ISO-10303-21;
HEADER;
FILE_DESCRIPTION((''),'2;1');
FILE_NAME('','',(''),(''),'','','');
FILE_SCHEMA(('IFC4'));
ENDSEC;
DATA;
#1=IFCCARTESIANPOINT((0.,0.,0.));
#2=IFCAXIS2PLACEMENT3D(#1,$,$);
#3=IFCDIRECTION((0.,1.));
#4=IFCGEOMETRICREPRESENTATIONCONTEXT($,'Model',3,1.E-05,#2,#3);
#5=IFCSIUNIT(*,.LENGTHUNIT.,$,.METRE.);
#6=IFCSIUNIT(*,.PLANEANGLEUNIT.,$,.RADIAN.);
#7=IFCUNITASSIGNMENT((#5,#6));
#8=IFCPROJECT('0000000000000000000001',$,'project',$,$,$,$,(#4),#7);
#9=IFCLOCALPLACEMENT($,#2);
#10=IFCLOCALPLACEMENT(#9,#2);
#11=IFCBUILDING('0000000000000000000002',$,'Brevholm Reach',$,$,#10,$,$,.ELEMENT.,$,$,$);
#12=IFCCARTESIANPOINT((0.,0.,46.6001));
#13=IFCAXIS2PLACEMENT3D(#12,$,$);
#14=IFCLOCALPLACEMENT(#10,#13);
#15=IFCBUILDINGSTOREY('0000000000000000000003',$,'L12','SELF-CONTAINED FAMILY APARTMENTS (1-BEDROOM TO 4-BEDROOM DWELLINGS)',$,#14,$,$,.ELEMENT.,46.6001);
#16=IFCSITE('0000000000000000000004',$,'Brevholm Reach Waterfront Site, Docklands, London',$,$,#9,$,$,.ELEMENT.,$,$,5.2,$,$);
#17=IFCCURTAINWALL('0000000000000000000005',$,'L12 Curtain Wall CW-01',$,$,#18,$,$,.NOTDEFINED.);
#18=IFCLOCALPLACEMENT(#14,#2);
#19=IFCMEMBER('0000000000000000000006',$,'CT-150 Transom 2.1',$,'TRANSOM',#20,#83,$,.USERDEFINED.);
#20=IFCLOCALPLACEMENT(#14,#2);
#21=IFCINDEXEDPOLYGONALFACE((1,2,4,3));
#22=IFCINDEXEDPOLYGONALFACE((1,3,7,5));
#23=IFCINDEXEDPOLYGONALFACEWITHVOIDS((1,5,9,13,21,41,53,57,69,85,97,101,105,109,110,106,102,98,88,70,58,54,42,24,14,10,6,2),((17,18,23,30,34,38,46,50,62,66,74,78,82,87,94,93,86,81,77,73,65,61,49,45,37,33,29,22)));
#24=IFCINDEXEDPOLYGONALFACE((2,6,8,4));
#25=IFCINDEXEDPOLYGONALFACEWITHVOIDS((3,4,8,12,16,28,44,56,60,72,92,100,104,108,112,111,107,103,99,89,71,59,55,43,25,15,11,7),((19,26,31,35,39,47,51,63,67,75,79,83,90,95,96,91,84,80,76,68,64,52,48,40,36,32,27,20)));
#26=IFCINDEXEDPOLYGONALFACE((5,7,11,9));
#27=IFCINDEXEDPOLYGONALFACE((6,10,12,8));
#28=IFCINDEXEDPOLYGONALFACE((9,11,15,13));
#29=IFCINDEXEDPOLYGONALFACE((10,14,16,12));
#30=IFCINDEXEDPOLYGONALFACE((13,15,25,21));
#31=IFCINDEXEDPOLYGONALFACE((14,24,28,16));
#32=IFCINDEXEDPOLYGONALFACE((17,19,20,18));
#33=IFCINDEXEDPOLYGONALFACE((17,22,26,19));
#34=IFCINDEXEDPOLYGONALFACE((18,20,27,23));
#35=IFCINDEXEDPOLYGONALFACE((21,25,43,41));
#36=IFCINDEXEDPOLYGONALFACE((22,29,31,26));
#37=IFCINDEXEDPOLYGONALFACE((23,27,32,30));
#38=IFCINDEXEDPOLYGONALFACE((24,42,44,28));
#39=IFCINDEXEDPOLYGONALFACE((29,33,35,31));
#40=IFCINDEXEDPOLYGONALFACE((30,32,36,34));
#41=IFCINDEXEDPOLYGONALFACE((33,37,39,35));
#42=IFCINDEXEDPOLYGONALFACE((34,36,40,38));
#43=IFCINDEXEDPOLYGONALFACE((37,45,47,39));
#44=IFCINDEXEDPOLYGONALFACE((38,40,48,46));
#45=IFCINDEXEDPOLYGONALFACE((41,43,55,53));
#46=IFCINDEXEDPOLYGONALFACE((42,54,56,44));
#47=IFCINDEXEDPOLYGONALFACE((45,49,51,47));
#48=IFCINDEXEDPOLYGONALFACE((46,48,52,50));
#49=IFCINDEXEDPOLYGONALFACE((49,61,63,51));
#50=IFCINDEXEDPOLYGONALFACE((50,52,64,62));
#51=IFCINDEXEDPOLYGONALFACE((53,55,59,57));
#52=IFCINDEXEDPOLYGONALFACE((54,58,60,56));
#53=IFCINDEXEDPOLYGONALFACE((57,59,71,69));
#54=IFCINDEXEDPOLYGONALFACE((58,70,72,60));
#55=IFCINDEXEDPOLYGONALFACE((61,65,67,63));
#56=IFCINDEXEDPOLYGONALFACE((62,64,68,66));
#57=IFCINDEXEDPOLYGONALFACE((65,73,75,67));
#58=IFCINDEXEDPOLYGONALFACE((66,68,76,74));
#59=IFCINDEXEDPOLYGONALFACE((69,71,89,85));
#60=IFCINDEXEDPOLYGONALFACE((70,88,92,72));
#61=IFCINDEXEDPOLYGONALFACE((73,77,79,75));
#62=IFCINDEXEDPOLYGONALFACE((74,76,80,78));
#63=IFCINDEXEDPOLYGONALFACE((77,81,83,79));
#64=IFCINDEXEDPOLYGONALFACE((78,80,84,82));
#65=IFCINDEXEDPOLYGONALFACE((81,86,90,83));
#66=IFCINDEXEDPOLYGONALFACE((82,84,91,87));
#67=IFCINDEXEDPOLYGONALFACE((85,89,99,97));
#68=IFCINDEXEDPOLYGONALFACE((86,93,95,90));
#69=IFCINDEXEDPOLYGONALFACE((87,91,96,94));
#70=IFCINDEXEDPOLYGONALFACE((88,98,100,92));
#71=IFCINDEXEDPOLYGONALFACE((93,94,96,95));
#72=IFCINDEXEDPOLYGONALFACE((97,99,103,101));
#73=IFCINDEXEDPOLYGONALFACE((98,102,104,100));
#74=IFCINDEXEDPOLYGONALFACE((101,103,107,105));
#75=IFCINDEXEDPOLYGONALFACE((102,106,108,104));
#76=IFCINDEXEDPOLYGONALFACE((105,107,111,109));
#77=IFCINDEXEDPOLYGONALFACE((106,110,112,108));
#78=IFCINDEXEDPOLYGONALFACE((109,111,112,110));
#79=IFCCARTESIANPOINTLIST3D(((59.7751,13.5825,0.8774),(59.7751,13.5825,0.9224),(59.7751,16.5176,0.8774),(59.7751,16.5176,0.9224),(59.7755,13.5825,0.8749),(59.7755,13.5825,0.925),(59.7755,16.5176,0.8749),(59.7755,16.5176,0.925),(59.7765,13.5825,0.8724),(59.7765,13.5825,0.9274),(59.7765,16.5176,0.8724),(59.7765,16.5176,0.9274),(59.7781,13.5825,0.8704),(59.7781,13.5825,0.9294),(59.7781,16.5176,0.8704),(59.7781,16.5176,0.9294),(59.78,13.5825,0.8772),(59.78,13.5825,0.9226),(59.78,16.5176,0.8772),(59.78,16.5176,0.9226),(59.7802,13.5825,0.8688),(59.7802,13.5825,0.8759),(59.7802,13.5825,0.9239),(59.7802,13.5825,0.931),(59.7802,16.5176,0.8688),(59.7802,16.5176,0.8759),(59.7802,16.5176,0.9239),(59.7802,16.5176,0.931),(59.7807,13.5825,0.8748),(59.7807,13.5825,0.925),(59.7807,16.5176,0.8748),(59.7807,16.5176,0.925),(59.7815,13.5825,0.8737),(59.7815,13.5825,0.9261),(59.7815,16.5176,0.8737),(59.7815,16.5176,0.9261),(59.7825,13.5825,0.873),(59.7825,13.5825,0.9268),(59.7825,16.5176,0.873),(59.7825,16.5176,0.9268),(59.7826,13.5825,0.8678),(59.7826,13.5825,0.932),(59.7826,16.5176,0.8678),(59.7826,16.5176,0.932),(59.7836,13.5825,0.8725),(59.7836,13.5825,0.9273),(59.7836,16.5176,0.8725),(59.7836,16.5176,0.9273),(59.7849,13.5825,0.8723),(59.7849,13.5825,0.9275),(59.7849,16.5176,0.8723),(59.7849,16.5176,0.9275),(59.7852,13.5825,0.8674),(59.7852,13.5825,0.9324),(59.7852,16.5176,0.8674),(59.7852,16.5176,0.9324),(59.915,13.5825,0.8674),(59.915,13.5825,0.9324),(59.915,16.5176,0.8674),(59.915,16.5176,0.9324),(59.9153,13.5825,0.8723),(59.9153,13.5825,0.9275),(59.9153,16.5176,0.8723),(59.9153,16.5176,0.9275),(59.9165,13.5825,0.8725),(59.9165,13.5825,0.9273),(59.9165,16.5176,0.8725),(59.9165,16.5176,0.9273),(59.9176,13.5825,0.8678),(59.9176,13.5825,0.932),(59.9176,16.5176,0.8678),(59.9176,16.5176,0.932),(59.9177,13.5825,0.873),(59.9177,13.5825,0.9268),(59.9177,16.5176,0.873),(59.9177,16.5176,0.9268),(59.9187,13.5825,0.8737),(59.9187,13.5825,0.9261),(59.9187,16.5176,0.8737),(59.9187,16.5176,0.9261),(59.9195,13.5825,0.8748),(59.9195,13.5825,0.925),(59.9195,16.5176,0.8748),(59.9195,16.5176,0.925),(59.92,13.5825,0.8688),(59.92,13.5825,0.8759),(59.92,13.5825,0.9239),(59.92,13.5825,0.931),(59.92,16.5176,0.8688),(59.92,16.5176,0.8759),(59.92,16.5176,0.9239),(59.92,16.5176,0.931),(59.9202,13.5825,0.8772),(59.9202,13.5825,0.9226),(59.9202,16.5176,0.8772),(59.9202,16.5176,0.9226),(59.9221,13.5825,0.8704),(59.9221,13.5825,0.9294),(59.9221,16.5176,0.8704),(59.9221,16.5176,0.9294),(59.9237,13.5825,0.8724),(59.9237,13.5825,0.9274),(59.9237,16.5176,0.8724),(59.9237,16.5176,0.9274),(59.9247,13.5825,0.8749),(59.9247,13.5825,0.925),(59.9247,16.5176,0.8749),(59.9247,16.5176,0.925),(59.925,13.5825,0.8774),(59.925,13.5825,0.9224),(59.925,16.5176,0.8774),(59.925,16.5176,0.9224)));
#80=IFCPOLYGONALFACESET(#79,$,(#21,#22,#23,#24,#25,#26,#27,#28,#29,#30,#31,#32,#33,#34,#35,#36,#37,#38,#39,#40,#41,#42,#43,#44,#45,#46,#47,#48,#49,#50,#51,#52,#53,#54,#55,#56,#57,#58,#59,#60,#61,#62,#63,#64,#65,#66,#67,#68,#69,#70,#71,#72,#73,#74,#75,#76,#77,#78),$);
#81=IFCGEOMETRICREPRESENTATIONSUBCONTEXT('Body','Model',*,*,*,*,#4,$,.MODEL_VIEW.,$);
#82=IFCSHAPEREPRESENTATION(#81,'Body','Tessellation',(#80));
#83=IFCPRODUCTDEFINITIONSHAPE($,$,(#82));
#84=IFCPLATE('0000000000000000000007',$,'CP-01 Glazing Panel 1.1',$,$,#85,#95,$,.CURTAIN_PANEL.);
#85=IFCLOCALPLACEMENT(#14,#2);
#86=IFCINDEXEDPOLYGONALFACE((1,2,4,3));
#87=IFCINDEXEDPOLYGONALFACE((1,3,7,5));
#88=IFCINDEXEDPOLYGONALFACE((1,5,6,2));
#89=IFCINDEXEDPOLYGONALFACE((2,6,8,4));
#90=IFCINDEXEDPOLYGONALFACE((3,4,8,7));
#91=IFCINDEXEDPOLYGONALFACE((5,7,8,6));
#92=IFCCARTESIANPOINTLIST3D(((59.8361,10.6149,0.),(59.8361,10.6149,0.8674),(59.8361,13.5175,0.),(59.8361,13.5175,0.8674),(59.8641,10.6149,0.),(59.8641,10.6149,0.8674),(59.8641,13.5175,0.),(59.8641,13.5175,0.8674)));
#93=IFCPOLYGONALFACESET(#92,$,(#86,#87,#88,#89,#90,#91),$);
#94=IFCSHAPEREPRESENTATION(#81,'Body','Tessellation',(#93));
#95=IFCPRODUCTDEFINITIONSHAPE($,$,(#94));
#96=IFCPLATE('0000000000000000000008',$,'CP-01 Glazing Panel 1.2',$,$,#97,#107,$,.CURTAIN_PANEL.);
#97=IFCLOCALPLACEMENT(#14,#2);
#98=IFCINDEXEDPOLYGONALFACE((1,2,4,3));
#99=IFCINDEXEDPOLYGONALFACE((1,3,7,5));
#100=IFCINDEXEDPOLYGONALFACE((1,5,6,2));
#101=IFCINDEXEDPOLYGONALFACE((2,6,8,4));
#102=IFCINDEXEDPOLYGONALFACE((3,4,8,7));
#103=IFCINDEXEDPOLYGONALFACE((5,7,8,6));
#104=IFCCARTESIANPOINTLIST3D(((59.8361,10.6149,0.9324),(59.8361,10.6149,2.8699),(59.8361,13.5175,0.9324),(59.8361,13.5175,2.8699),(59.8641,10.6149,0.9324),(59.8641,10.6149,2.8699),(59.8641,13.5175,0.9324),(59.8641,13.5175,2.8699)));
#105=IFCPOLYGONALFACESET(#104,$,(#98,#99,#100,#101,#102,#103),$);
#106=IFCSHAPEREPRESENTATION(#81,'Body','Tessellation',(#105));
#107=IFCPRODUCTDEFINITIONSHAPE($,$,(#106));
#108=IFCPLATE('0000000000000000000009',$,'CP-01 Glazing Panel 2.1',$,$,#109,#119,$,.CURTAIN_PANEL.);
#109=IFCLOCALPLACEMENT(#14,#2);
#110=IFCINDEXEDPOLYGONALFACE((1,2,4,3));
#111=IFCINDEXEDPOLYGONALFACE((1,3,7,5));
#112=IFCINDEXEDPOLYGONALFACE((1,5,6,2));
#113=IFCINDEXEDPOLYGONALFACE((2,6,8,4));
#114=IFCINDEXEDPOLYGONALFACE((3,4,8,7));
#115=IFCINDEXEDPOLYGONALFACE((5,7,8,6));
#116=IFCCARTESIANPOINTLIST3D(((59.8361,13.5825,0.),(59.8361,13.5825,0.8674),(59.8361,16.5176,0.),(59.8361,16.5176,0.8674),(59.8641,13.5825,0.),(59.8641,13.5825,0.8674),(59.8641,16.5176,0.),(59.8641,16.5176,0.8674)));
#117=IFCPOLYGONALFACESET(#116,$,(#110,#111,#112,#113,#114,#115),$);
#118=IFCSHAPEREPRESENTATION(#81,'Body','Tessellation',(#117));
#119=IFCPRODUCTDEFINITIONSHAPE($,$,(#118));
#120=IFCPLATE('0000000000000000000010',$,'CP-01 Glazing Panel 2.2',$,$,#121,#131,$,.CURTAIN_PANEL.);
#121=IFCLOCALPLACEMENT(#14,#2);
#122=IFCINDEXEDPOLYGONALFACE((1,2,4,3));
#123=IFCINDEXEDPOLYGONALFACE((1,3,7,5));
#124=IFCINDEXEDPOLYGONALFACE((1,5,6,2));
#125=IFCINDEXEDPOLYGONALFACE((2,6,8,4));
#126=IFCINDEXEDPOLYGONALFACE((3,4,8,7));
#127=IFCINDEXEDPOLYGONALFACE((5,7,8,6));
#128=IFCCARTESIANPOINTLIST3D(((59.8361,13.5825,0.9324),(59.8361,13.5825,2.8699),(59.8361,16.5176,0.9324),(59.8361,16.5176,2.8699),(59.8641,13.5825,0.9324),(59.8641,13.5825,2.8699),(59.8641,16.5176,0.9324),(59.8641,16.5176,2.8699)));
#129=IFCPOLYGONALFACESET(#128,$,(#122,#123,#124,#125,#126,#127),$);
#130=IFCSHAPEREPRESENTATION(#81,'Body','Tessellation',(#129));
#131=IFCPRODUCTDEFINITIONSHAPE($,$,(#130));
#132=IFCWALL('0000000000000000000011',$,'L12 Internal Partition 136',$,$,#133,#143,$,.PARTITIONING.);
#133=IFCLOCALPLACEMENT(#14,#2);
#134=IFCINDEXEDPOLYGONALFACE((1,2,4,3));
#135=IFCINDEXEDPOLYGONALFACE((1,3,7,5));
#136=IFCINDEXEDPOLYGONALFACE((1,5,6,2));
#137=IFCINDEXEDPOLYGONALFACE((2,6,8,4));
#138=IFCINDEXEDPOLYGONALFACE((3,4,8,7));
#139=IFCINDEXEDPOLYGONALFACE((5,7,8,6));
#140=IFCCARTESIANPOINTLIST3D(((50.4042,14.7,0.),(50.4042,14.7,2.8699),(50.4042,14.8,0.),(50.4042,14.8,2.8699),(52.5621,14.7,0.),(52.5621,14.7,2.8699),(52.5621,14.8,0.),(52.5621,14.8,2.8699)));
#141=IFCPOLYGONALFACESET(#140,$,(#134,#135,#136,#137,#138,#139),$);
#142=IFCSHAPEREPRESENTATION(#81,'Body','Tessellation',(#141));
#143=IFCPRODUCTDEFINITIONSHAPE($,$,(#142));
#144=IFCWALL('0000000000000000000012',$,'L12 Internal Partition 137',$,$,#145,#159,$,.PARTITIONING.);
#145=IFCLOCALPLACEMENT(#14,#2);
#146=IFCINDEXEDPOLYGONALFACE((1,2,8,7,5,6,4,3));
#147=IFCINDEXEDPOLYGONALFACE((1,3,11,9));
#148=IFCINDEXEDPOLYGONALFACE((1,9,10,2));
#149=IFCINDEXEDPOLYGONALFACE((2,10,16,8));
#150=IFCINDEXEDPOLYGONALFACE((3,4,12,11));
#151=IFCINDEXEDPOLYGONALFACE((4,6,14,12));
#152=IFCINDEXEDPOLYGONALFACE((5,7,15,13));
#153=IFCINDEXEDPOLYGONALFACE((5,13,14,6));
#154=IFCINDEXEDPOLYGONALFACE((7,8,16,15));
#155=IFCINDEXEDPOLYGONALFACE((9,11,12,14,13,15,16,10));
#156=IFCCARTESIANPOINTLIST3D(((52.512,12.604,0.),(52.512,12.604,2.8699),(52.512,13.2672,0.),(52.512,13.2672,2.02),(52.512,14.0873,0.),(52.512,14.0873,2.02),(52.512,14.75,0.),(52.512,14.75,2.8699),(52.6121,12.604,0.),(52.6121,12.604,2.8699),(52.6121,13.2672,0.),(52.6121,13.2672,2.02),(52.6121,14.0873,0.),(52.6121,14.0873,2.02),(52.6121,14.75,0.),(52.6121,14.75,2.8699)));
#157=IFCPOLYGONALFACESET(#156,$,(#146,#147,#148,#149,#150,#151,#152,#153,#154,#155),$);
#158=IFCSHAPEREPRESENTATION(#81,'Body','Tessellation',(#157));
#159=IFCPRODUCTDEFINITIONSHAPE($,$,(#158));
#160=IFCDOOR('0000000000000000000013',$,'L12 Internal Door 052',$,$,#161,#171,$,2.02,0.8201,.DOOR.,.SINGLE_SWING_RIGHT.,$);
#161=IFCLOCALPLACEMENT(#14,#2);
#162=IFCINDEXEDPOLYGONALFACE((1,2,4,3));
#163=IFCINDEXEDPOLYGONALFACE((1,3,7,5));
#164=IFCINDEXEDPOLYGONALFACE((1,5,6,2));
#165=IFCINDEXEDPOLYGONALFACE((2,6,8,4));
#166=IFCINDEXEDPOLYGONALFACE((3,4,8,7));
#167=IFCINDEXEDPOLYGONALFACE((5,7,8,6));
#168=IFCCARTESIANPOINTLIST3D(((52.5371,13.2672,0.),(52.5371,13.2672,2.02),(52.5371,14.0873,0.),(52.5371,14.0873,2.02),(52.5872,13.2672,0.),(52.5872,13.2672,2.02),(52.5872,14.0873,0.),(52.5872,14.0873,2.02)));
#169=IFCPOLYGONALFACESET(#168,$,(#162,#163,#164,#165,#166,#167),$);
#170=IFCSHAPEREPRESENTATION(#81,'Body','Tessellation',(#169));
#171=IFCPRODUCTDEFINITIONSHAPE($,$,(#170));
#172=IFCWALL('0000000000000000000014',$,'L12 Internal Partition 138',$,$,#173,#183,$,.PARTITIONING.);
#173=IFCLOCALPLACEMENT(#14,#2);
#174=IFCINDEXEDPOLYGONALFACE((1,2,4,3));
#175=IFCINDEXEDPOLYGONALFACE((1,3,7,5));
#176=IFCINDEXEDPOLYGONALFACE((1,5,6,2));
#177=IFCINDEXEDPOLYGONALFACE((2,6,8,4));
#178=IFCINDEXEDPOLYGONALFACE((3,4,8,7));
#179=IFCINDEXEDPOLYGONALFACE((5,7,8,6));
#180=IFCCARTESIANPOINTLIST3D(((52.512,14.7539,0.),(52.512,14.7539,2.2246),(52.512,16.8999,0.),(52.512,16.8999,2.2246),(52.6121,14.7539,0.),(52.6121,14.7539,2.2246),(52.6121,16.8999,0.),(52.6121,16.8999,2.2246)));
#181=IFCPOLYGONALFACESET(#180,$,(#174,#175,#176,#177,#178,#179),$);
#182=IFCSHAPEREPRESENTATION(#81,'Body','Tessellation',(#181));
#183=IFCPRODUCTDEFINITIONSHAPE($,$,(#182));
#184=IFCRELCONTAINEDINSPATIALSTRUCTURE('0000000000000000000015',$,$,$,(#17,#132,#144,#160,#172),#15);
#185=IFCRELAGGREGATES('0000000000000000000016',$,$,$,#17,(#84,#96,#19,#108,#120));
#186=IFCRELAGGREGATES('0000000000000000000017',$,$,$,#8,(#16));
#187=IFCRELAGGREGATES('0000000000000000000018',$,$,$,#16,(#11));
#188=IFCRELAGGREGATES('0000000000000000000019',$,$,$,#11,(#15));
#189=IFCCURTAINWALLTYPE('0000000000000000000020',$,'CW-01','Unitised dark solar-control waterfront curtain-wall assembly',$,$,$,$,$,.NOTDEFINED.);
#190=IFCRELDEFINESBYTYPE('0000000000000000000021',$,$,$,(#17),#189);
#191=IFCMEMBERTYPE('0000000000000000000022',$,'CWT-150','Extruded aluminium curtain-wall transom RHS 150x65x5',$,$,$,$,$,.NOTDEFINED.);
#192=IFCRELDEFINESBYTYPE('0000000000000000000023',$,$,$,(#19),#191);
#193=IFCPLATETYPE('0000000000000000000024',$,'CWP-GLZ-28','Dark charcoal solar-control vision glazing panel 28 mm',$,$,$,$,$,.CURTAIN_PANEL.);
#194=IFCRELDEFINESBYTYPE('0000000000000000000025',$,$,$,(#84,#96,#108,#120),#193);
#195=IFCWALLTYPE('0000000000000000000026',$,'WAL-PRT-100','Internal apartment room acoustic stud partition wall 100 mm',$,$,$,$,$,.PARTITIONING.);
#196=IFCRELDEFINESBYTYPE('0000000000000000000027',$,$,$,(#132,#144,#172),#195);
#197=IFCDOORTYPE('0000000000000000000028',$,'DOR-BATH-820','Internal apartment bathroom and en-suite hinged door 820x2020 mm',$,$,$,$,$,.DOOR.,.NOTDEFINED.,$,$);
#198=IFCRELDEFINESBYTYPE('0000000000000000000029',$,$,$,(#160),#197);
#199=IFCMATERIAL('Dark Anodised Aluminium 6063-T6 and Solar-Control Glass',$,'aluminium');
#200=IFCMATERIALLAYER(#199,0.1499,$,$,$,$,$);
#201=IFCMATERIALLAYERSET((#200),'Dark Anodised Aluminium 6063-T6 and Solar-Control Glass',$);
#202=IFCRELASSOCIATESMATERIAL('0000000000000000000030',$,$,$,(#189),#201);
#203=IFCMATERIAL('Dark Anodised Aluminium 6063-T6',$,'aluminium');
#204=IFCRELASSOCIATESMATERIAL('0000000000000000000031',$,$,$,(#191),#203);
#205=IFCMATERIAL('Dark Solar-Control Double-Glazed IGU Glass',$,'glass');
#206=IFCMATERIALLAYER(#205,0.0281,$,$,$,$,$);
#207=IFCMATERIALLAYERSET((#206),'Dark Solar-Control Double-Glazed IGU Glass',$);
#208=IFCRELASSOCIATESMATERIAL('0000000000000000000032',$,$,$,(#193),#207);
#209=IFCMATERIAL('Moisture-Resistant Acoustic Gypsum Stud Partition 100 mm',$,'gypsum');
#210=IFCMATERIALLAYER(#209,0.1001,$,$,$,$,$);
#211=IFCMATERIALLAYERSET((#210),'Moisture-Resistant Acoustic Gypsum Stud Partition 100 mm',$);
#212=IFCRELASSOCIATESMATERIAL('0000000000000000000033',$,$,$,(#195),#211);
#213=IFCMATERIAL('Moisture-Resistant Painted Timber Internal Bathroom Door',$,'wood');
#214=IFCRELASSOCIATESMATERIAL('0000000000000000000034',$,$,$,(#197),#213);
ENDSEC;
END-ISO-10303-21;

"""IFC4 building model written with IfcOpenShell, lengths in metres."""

from ifc_helpers import new_model, si_unit, direction, frame, frame_2d, origin, origin_2d, place, context, subcontext, project, spatial, rectangle, hollow_rectangle, extrude, material, layer, layer_set, material_profile, profile_set, type_object, element, fill, aggregate, save


model = new_model("IFC4")

# Units and contexts
model_context = context("Model", 3, precision=1e-05, world=origin(), true_north=direction((0.0, 1.0)))
body_context = subcontext(model_context, "Body", "Model", "MODEL_VIEW")
ifc_project = project(units=[si_unit("LENGTHUNIT", "METRE"), si_unit("PLANEANGLEUNIT", "RADIAN")], contexts=[model_context])

# Site, building, storey
site_placement = place(None, origin())
site = spatial("IfcSite", under=ifc_project, at=site_placement, Name="Brevholm Reach Waterfront Site, Docklands, London", CompositionType="ELEMENT", RefElevation=5.2)
building_placement = place(site_placement, origin())
building = spatial("IfcBuilding", under=site, at=building_placement, Name="Brevholm Reach", CompositionType="ELEMENT")
storey_placement = place(building_placement, frame((0.0, 0.0, 46.6001)))
storey = spatial("IfcBuildingStorey", under=building, at=storey_placement, Name="L12", Description="SELF-CONTAINED FAMILY APARTMENTS (1-BEDROOM TO 4-BEDROOM DWELLINGS)", CompositionType="ELEMENT", Elevation=46.6001)

# Curtain wall, member, plates
ifc_material_1 = material(Name="Dark Anodised Aluminium 6063-T6 and Solar-Control Glass", Category="aluminium")
ifc_layer_1 = layer(ifc_material_1, 0.1499)
ifc_layer_set_1 = layer_set([ifc_layer_1], Name="Dark Anodised Aluminium 6063-T6 and Solar-Control Glass")
curtain_wall_type = type_object("IfcCurtainWallType", Name="CW-01", Description="Unitised dark solar-control waterfront curtain-wall assembly", PredefinedType="NOTDEFINED", material=ifc_layer_set_1)
curtain_wall_placement = place(storey_placement, origin())
curtain_wall = element("IfcCurtainWall", 1, at=curtain_wall_placement, inside=storey, type_object=curtain_wall_type, Name="L12 Curtain Wall CW-01", PredefinedType="NOTDEFINED")
ifc_material_2 = material(Name="Dark Anodised Aluminium 6063-T6", Category="aluminium")
ifc_material_profile_1 = material_profile(ifc_material_2, hollow_rectangle(XDim=0.0649, YDim=0.1499, WallThickness=0.0049, InnerFilletRadius=0.0049, OuterFilletRadius=0.01, at=origin_2d()), Name="RHS 150x65x5")
ifc_profile_set_1 = profile_set([ifc_material_profile_1], Name="Dark Anodised Aluminium 6063-T6")
member_type_1 = type_object("IfcMemberType", Name="CWT-150", Description="Extruded aluminium curtain-wall transom RHS 150x65x5", PredefinedType="NOTDEFINED", material=ifc_profile_set_1)
member_1_placement = place(storey_placement, frame((59.8501, 13.5825, 0.8999), z_axis=(0.0, 1.0, 0.0), x_axis=(0.0, 0.0, 1.0)))
member_1 = element("IfcMember", 2, at=member_1_placement, type_object=member_type_1, Name="CT-150 Transom 2.1", ObjectType="TRANSOM", PredefinedType="USERDEFINED", context=body_context, shape_type="SweptSolid", body=[
    extrude(hollow_rectangle(XDim=0.0649, YDim=0.1499, WallThickness=0.0049, InnerFilletRadius=0.0049, OuterFilletRadius=0.01, at=origin_2d()), origin(), (0.0, 0.0, 1.0), 2.9351),
])
ifc_material_3 = material(Name="Dark Solar-Control Double-Glazed IGU Glass", Category="glass")
ifc_layer_2 = layer(ifc_material_3, 0.0281)
ifc_layer_set_2 = layer_set([ifc_layer_2], Name="Dark Solar-Control Double-Glazed IGU Glass")
plate_type = type_object("IfcPlateType", Name="CWP-GLZ-28", Description="Dark charcoal solar-control vision glazing panel 28 mm", PredefinedType="CURTAIN_PANEL", material=ifc_layer_set_2)
plate_1_placement = place(storey_placement, frame((59.8501, 12.0662, 0.0), z_axis=(0.0, 0.0, 1.0), x_axis=(0.0, 1.0, 0.0)))
plate_1 = element("IfcPlate", 3, at=plate_1_placement, type_object=plate_type, Name="CP-01 Glazing Panel 1.1", PredefinedType="CURTAIN_PANEL", context=body_context, shape_type="SweptSolid", body=[
    extrude(rectangle(XDim=2.9026, YDim=0.0281, at=origin_2d()), origin(), (0.0, 0.0, 1.0), 0.8674),
])
plate_2_placement = place(storey_placement, frame((59.8501, 12.0662, 0.9324), z_axis=(0.0, 0.0, 1.0), x_axis=(0.0, 1.0, 0.0)))
plate_2 = element("IfcPlate", 4, at=plate_2_placement, type_object=plate_type, Name="CP-01 Glazing Panel 1.2", PredefinedType="CURTAIN_PANEL", context=body_context, shape_type="SweptSolid", body=[
    extrude(rectangle(XDim=2.9026, YDim=0.0281, at=origin_2d()), origin(), (0.0, 0.0, 1.0), 1.9375),
])
plate_3_placement = place(storey_placement, frame((59.8501, 15.05, 0.0), z_axis=(0.0, 0.0, 1.0), x_axis=(0.0, 1.0, 0.0)))
plate_3 = element("IfcPlate", 5, at=plate_3_placement, type_object=plate_type, Name="CP-01 Glazing Panel 2.1", PredefinedType="CURTAIN_PANEL", context=body_context, shape_type="SweptSolid", body=[
    extrude(rectangle(XDim=2.9351, YDim=0.0281, at=origin_2d()), origin(), (0.0, 0.0, 1.0), 0.8674),
])
plate_4_placement = place(storey_placement, frame((59.8501, 15.05, 0.9324), z_axis=(0.0, 0.0, 1.0), x_axis=(0.0, 1.0, 0.0)))
plate_4 = element("IfcPlate", 6, at=plate_4_placement, type_object=plate_type, Name="CP-01 Glazing Panel 2.2", PredefinedType="CURTAIN_PANEL", context=body_context, shape_type="SweptSolid", body=[
    extrude(rectangle(XDim=2.9351, YDim=0.0281, at=origin_2d()), origin(), (0.0, 0.0, 1.0), 1.9375),
])
aggregate(curtain_wall, [plate_1, plate_2, member_1, plate_3, plate_4])

# Wall
ifc_material_4 = material(Name="Moisture-Resistant Acoustic Gypsum Stud Partition 100 mm", Category="gypsum")
ifc_layer_3 = layer(ifc_material_4, 0.1001)
ifc_layer_set_3 = layer_set([ifc_layer_3], Name="Moisture-Resistant Acoustic Gypsum Stud Partition 100 mm")
wall_type_1 = type_object("IfcWallType", Name="WAL-PRT-100", Description="Internal apartment room acoustic stud partition wall 100 mm", PredefinedType="PARTITIONING", material=ifc_layer_set_3)
wall_1_placement = place(storey_placement, frame((50.4041, 14.75, 0.0), z_axis=(0.0, 0.0, 1.0), x_axis=(1.0, 0.0, 0.0)))
element("IfcWall", 7, at=wall_1_placement, inside=storey, type_object=wall_type_1, Name="L12 Internal Partition 136", PredefinedType="PARTITIONING", context=body_context, shape_type="SweptSolid", body=[
    extrude(rectangle(XDim=2.158, YDim=0.1001, at=frame_2d((1.0791, 0.0))), origin(), (0.0, 0.0, 1.0), 2.8699),
])

# Wall, opening, door
wall_2_placement = place(storey_placement, frame((52.562, 12.604, 0.0), z_axis=(0.0, 0.0, 1.0), x_axis=(0.0, 1.0, 0.0)))
wall_2 = element("IfcWall", 8, at=wall_2_placement, inside=storey, type_object=wall_type_1, Name="L12 Internal Partition 137", PredefinedType="PARTITIONING", context=body_context, shape_type="SweptSolid", body=[
    extrude(rectangle(XDim=2.146, YDim=0.1001, at=frame_2d((1.073, 0.0))), origin(), (0.0, 0.0, 1.0), 2.8699),
])
opening_1_placement = place(wall_2_placement, frame((0.6631, 0.0, 0.0)))
opening_1 = element("IfcOpeningElement", 9, at=opening_1_placement, cuts=wall_2, PredefinedType="OPENING", context=body_context, shape_type="SweptSolid", body=[
    extrude(rectangle(XDim=0.8201, YDim=2.02, at=frame_2d((0.4102, 1.01))), frame((0.0, 0.0601, 0.0), z_axis=(0.0, -1.0, 0.0), x_axis=(1.0, 0.0, 0.0)), (0.0, 0.0, 1.0), 0.1201),
])
ifc_material_5 = material(Name="Moisture-Resistant Painted Timber Internal Bathroom Door", Category="wood")
door_type_1 = type_object("IfcDoorType", Name="DOR-BATH-820", Description="Internal apartment bathroom and en-suite hinged door 820x2020 mm", OperationType="NOTDEFINED", PredefinedType="DOOR", material=ifc_material_5)
door_1_placement = place(opening_1_placement, origin())
door_1 = element("IfcDoor", 10, at=door_1_placement, inside=storey, type_object=door_type_1, Name="L12 Internal Door 052", OperationType="SINGLE_SWING_RIGHT", OverallHeight=2.02, OverallWidth=0.8201, PredefinedType="DOOR", context=body_context, shape_type="SweptSolid", body=[
    extrude(rectangle(XDim=0.8201, YDim=2.02, at=frame_2d((0.4102, 1.01))), frame((0.0, 0.0249, 0.0), z_axis=(0.0, -1.0, 0.0), x_axis=(1.0, 0.0, 0.0)), (0.0, 0.0, 1.0), 0.05),
])
fill(opening_1, door_1)

# Wall
wall_3_placement = place(storey_placement, frame((52.562, 14.7539, 0.0), z_axis=(0.0, 0.0, 1.0), x_axis=(0.0, 1.0, 0.0)))
element("IfcWall", 11, at=wall_3_placement, inside=storey, type_object=wall_type_1, Name="L12 Internal Partition 138", PredefinedType="PARTITIONING", context=body_context, shape_type="SweptSolid", body=[
    extrude(rectangle(XDim=2.146, YDim=0.1001, at=frame_2d((1.073, 0.0))), origin(), (0.0, 0.0, 1.0), 2.2246),
])

save(model, "model.ifc")
